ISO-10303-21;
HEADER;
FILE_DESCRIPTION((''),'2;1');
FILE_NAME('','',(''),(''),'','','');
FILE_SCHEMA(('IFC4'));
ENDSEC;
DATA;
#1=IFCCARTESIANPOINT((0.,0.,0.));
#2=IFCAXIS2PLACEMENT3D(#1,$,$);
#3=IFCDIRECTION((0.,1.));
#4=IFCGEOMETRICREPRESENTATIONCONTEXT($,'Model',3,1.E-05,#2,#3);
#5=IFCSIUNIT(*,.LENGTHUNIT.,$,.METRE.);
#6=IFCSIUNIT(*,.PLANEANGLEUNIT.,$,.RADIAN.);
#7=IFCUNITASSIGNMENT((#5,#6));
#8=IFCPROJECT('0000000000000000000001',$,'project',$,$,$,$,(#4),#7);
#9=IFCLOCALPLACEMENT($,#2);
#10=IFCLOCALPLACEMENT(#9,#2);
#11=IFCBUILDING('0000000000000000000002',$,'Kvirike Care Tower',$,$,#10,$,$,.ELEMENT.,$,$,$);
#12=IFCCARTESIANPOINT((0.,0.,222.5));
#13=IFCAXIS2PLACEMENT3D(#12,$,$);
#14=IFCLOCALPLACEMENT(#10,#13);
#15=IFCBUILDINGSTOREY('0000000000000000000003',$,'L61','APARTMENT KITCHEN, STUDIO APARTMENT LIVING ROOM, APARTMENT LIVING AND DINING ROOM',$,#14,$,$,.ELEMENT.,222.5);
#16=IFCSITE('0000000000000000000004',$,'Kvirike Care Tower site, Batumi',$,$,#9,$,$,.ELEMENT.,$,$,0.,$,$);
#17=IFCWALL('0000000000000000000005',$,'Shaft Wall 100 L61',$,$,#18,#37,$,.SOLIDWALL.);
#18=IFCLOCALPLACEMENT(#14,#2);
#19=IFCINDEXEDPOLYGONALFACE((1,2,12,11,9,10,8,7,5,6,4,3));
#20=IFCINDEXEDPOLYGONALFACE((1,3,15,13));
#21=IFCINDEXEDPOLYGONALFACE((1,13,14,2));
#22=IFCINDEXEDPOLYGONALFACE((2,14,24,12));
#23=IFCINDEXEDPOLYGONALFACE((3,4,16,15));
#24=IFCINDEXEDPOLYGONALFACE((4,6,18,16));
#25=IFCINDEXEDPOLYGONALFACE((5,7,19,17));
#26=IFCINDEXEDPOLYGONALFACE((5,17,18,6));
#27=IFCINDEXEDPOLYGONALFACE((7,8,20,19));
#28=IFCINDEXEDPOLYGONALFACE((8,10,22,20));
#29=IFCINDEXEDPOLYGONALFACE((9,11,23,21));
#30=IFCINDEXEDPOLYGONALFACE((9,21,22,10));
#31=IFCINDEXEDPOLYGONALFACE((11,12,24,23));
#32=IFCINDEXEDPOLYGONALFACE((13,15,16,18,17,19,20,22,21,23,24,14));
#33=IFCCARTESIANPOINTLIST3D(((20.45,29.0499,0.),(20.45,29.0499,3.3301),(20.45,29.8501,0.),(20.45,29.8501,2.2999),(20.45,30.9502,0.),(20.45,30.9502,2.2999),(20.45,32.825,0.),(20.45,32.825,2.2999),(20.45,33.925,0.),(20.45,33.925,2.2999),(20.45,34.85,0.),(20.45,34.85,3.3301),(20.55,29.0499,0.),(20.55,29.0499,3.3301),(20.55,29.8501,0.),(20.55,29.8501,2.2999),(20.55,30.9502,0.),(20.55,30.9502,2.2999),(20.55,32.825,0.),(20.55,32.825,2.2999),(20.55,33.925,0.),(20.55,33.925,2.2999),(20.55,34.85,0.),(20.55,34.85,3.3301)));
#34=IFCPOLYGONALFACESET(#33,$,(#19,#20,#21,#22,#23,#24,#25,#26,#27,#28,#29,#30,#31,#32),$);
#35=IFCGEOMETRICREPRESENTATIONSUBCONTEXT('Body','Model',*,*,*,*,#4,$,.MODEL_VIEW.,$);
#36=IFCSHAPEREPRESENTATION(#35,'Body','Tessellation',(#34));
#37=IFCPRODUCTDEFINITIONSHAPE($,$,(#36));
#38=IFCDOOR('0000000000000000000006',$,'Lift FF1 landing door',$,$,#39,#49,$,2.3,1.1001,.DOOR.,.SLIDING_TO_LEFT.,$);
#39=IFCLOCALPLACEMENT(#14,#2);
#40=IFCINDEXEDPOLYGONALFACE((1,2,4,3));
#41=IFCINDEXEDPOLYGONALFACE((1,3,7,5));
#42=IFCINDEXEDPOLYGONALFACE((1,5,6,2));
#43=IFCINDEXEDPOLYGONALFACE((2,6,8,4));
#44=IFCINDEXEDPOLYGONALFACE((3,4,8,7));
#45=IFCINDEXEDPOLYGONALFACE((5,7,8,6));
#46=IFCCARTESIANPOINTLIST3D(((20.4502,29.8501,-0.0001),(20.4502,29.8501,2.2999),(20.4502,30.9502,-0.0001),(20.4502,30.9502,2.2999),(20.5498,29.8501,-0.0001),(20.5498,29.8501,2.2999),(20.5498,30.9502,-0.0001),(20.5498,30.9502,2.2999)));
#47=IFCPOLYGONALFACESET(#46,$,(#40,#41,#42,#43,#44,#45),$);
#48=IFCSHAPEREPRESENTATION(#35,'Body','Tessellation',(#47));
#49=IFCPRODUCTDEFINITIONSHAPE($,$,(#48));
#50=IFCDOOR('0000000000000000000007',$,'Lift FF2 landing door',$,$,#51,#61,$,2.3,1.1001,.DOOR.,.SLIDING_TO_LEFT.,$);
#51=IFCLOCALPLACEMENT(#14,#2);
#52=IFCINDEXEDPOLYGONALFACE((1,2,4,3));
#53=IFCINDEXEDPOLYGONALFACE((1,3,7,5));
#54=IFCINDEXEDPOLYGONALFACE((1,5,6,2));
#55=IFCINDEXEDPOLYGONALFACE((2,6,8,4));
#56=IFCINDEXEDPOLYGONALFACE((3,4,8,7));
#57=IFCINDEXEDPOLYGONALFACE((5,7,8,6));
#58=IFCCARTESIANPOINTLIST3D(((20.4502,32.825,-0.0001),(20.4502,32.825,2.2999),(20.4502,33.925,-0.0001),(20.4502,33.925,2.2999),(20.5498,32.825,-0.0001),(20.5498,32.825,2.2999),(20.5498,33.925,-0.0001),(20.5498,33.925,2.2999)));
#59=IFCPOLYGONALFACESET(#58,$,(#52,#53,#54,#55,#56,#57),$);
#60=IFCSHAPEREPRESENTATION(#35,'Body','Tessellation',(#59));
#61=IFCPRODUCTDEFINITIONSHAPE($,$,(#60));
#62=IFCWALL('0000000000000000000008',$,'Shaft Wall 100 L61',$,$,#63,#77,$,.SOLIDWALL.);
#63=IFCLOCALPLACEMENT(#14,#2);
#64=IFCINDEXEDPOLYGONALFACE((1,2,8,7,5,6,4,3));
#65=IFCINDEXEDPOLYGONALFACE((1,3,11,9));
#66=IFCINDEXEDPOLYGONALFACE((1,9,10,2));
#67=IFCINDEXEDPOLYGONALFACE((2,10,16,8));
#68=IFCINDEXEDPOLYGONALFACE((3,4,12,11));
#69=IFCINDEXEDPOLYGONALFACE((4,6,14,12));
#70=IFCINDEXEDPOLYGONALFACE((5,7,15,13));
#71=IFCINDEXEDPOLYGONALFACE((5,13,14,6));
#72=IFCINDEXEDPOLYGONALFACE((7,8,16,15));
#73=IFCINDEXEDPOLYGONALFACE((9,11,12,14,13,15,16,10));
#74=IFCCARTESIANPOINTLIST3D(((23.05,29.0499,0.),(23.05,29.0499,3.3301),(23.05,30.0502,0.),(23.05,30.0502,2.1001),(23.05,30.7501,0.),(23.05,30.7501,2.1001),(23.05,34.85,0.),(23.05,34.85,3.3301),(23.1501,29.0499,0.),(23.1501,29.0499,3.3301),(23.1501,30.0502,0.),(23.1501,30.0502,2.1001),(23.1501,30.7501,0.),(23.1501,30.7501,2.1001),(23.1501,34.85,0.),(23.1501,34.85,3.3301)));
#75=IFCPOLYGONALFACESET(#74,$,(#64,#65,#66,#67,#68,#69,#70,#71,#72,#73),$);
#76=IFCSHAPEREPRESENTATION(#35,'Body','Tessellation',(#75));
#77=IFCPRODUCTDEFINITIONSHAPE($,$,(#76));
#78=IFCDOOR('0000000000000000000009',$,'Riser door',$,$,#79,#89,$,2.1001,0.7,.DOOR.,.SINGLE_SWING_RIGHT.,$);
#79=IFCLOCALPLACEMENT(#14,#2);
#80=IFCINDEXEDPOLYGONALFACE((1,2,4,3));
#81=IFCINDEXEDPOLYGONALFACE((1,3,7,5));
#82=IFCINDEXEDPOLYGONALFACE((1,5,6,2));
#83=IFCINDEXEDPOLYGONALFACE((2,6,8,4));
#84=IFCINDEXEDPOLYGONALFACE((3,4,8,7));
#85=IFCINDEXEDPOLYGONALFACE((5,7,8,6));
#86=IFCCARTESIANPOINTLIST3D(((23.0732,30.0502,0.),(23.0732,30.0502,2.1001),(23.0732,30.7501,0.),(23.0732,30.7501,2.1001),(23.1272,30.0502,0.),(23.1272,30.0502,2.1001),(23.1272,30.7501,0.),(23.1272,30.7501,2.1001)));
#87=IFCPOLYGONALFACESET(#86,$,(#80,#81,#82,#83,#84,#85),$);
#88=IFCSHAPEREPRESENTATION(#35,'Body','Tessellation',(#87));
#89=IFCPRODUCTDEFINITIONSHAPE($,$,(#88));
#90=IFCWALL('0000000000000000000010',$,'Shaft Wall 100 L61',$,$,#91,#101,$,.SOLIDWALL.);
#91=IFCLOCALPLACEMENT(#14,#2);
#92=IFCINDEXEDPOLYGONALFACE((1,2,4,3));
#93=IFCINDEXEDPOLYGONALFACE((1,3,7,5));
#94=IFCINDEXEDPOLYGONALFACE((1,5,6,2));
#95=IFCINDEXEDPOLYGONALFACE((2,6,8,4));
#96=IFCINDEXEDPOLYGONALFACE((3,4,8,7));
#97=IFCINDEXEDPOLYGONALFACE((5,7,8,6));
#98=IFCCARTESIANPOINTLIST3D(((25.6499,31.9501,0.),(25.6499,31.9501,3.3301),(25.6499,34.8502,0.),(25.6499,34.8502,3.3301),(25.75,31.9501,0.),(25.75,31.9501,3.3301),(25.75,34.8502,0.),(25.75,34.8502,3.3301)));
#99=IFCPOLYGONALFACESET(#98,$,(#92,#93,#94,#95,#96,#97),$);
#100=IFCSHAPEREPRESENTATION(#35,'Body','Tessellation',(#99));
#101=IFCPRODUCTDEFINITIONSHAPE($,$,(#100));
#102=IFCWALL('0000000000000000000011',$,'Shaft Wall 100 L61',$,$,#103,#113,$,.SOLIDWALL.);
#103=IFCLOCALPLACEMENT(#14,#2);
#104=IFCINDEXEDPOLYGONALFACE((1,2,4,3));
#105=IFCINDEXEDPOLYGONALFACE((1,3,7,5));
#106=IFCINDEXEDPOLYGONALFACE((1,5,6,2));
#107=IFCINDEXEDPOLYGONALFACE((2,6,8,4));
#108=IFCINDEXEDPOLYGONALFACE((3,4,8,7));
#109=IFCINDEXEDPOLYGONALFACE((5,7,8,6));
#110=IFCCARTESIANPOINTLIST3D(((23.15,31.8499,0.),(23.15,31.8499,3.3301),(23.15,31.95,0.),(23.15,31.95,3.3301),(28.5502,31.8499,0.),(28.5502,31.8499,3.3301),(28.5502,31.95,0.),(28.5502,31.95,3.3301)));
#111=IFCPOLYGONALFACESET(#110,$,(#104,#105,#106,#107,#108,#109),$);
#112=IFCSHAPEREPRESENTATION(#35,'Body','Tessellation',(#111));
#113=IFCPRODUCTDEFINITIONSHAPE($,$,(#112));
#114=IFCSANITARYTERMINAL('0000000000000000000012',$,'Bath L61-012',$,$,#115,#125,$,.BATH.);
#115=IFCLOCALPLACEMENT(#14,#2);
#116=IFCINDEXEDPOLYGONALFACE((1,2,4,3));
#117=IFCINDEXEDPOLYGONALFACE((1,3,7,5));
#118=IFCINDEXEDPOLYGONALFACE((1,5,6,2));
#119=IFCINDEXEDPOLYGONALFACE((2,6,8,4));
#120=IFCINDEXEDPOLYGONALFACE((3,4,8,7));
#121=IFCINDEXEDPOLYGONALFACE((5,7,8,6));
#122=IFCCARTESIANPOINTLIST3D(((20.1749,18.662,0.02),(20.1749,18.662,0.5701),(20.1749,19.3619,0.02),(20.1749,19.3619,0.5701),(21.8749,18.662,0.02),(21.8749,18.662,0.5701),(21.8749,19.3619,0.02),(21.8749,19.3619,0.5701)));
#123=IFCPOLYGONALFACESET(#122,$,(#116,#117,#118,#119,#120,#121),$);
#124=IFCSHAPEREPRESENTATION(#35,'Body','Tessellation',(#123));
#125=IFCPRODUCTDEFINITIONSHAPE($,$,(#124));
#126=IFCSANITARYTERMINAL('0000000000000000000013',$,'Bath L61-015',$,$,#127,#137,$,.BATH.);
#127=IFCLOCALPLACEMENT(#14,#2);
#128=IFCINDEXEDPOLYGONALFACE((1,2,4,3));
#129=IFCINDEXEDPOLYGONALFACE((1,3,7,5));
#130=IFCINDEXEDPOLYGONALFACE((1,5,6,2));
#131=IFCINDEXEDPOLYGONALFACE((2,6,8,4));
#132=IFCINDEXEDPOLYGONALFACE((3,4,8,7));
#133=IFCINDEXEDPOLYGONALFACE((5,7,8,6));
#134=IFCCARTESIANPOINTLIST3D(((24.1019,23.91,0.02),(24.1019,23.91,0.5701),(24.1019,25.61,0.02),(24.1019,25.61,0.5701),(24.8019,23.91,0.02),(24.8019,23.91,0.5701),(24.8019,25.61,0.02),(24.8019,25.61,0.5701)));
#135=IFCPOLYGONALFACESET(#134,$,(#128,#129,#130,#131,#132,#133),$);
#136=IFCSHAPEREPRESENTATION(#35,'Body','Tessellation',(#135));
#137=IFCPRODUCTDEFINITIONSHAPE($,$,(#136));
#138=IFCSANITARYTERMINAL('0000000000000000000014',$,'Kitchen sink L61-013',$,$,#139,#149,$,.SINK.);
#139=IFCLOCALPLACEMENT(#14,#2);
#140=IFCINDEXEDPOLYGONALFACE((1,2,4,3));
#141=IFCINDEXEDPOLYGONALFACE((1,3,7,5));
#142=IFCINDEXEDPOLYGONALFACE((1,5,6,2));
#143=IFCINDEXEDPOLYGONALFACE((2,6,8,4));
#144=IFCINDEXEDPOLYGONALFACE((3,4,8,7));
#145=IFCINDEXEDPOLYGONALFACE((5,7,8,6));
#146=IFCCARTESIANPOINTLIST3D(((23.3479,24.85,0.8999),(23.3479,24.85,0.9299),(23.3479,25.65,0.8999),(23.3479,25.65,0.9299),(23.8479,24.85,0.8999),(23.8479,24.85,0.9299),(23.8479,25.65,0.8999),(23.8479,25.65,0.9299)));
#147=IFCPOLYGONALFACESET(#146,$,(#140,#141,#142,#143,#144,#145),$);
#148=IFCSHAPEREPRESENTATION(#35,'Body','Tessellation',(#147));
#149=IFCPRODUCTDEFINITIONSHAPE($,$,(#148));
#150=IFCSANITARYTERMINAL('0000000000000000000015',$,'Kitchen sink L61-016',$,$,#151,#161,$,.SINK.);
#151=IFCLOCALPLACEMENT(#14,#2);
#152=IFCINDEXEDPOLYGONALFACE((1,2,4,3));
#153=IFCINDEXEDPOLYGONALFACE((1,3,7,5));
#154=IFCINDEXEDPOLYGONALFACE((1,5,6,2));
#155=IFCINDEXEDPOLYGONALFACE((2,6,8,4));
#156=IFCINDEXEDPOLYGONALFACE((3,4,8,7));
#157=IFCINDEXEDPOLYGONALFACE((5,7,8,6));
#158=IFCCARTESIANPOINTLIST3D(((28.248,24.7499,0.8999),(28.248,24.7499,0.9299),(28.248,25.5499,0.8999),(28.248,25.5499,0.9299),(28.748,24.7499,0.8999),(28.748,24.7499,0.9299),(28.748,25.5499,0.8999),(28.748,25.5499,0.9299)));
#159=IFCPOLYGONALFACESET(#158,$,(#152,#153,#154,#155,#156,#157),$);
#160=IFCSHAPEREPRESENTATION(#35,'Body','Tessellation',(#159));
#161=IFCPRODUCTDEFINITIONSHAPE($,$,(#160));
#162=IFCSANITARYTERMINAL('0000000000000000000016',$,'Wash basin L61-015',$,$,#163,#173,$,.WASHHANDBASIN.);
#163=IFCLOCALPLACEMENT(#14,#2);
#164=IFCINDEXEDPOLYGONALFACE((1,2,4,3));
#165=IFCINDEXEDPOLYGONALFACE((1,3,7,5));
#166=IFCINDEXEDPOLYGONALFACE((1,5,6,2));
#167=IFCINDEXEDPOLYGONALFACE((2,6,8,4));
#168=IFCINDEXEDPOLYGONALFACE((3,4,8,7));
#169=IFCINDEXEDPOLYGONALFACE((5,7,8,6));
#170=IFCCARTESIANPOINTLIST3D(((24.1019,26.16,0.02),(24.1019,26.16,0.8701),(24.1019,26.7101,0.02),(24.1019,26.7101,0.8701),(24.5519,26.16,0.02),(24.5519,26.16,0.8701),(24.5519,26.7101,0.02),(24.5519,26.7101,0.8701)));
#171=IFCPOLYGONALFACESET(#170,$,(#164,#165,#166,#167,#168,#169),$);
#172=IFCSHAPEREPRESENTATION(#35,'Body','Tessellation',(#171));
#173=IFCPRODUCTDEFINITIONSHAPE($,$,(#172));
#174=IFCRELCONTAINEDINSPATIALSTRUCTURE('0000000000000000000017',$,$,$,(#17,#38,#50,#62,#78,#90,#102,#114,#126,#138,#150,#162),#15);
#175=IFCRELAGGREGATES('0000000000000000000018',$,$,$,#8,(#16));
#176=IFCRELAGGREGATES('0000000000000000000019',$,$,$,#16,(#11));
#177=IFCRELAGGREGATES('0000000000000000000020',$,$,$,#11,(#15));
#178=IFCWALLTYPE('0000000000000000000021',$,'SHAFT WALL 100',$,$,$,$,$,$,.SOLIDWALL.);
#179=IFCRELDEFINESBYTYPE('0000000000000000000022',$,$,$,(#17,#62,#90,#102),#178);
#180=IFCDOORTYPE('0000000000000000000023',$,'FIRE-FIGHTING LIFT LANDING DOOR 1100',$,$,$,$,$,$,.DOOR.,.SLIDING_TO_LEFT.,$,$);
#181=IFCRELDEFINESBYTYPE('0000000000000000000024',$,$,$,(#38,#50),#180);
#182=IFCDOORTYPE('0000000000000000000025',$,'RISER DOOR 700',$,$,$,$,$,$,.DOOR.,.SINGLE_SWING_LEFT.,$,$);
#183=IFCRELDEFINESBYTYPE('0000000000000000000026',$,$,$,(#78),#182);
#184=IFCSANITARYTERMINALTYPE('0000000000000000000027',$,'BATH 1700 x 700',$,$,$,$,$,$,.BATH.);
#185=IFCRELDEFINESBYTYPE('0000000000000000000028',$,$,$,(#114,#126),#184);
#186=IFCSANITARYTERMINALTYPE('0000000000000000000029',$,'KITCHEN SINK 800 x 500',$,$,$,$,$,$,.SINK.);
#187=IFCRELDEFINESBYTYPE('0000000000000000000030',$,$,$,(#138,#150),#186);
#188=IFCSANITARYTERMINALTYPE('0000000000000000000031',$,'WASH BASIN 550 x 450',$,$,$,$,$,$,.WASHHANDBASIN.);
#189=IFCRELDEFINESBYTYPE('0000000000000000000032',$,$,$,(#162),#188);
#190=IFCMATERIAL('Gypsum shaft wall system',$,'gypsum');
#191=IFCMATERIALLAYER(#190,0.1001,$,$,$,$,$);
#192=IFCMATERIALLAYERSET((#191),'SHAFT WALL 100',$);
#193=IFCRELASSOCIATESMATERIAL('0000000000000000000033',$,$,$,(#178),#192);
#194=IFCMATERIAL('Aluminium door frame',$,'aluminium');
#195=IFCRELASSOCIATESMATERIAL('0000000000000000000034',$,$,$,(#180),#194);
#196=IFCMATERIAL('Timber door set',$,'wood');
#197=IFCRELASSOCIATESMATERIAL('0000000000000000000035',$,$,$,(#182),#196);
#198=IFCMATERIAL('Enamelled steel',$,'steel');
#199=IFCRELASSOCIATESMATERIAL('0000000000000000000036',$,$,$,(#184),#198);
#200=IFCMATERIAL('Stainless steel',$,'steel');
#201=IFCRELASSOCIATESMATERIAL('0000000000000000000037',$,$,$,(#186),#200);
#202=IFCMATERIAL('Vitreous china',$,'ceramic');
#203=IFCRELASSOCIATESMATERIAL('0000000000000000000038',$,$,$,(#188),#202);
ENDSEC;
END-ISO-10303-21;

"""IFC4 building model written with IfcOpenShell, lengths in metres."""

from ifc_helpers import new_model, si_unit, direction, frame, frame_2d, origin, origin_2d, place, context, subcontext, project, spatial, rectangle, extrude, material, layer, layer_set, type_object, element, fill, save


model = new_model("IFC4")

# Units and contexts
model_context = context("Model", 3, precision=1e-05, world=origin(), true_north=direction((0.0, 1.0)))
body_context = subcontext(model_context, "Body", "Model", "MODEL_VIEW")
ifc_project = project(units=[si_unit("LENGTHUNIT", "METRE"), si_unit("PLANEANGLEUNIT", "RADIAN")], contexts=[model_context])

# Site, building, storey
site_placement = place(None, origin())
site = spatial("IfcSite", under=ifc_project, at=site_placement, Name="Kvirike Care Tower site, Batumi", CompositionType="ELEMENT", RefElevation=0.0)
building_placement = place(site_placement, origin())
building = spatial("IfcBuilding", under=site, at=building_placement, Name="Kvirike Care Tower", CompositionType="ELEMENT")
storey_placement = place(building_placement, frame((0.0, 0.0, 222.5)))
storey = spatial("IfcBuildingStorey", under=building, at=storey_placement, Name="L61", Description="APARTMENT KITCHEN, STUDIO APARTMENT LIVING ROOM, APARTMENT LIVING AND DINING ROOM", CompositionType="ELEMENT", Elevation=222.5)

# Wall, openings, doors
ifc_material_1 = material(Name="Gypsum shaft wall system", Category="gypsum")
ifc_layer_1 = layer(ifc_material_1, 0.1001)
ifc_layer_set_1 = layer_set([ifc_layer_1], Name="SHAFT WALL 100")
wall_type_1 = type_object("IfcWallType", Name="SHAFT WALL 100", PredefinedType="SOLIDWALL", material=ifc_layer_set_1)
wall_1_placement = place(storey_placement, frame((20.5, 29.05, 0.0), z_axis=(0.0, 0.0, 1.0), x_axis=(0.0, 1.0, 0.0)))
wall_1 = element("IfcWall", 1, at=wall_1_placement, inside=storey, type_object=wall_type_1, Name="Shaft Wall 100 L61", PredefinedType="SOLIDWALL", context=body_context, shape_type="SweptSolid", body=[
    extrude(rectangle(XDim=5.8, YDim=0.1001, at=frame_2d((2.8999, 0.0))), origin(), (0.0, 0.0, 1.0), 3.3301),
])
opening_1_placement = place(wall_1_placement, frame((0.8, 0.0, 0.0)))
opening_1 = element("IfcOpeningElement", 2, at=opening_1_placement, cuts=wall_1, PredefinedType="OPENING", context=body_context, shape_type="SweptSolid", body=[
    extrude(rectangle(XDim=1.1001, YDim=2.3, at=frame_2d((0.55, 1.1499))), frame((0.0, 0.0605, 0.0), z_axis=(0.0, -1.0, 0.0), x_axis=(1.0, 0.0, 0.0)), (0.0, 0.0, 1.0), 0.1211),
])
opening_2_placement = place(wall_1_placement, frame((3.7749, 0.0, 0.0)))
opening_2 = element("IfcOpeningElement", 3, at=opening_2_placement, cuts=wall_1, PredefinedType="OPENING", context=body_context, shape_type="SweptSolid", body=[
    extrude(rectangle(XDim=1.1001, YDim=2.3, at=frame_2d((0.55, 1.1499))), frame((0.0, 0.0605, 0.0), z_axis=(0.0, -1.0, 0.0), x_axis=(1.0, 0.0, 0.0)), (0.0, 0.0, 1.0), 0.1211),
])
ifc_material_2 = material(Name="Aluminium door frame", Category="aluminium")
door_type_1 = type_object("IfcDoorType", Name="FIRE-FIGHTING LIFT LANDING DOOR 1100", OperationType="SLIDING_TO_LEFT", PredefinedType="DOOR", material=ifc_material_2)
door_1_placement = place(opening_1_placement, origin())
door_1 = element("IfcDoor", 4, at=door_1_placement, inside=storey, type_object=door_type_1, Name="Lift FF1 landing door", OperationType="SLIDING_TO_LEFT", OverallHeight=2.3, OverallWidth=1.1001, PredefinedType="DOOR", context=body_context, shape_type="SweptSolid", body=[
    extrude(rectangle(XDim=1.1001, YDim=2.3, at=frame_2d((0.55, 1.1499))), frame((0.0, 0.0498, 0.0), z_axis=(0.0, -1.0, 0.0), x_axis=(1.0, 0.0, 0.0)), (0.0, 0.0, 1.0), 0.0996),
])
fill(opening_1, door_1)
door_2_placement = place(opening_2_placement, origin())
door_2 = element("IfcDoor", 5, at=door_2_placement, inside=storey, type_object=door_type_1, Name="Lift FF2 landing door", OperationType="SLIDING_TO_LEFT", OverallHeight=2.3, OverallWidth=1.1001, PredefinedType="DOOR", context=body_context, shape_type="SweptSolid", body=[
    extrude(rectangle(XDim=1.1001, YDim=2.3, at=frame_2d((0.55, 1.1499))), frame((0.0, 0.0498, 0.0), z_axis=(0.0, -1.0, 0.0), x_axis=(1.0, 0.0, 0.0)), (0.0, 0.0, 1.0), 0.0996),
])
fill(opening_2, door_2)

# Wall, opening, door
wall_2_placement = place(storey_placement, frame((23.1001, 29.05, 0.0), z_axis=(0.0, 0.0, 1.0), x_axis=(0.0, 1.0, 0.0)))
wall_2 = element("IfcWall", 6, at=wall_2_placement, inside=storey, type_object=wall_type_1, Name="Shaft Wall 100 L61", PredefinedType="SOLIDWALL", context=body_context, shape_type="SweptSolid", body=[
    extrude(rectangle(XDim=5.8, YDim=0.1001, at=frame_2d((2.8999, 0.0))), origin(), (0.0, 0.0, 1.0), 3.3301),
])
opening_3_placement = place(wall_2_placement, frame((1.0, 0.0, 0.0)))
opening_3 = element("IfcOpeningElement", 7, at=opening_3_placement, cuts=wall_2, PredefinedType="OPENING", context=body_context, shape_type="SweptSolid", body=[
    extrude(rectangle(XDim=0.7, YDim=2.1001, at=frame_2d((0.3501, 1.05))), frame((0.0, 0.0605, 0.0), z_axis=(0.0, -1.0, 0.0), x_axis=(1.0, 0.0, 0.0)), (0.0, 0.0, 1.0), 0.1211),
])
ifc_material_3 = material(Name="Timber door set", Category="wood")
door_type_2 = type_object("IfcDoorType", Name="RISER DOOR 700", OperationType="SINGLE_SWING_LEFT", PredefinedType="DOOR", material=ifc_material_3)
door_3_placement = place(opening_3_placement, origin())
door_3 = element("IfcDoor", 8, at=door_3_placement, inside=storey, type_object=door_type_2, Name="Riser door", OperationType="SINGLE_SWING_RIGHT", OverallHeight=2.1001, OverallWidth=0.7, PredefinedType="DOOR", context=body_context, shape_type="SweptSolid", body=[
    extrude(rectangle(XDim=0.7, YDim=2.1001, at=frame_2d((0.3501, 1.05))), frame((0.0, 0.0269, 0.0), z_axis=(0.0, -1.0, 0.0), x_axis=(1.0, 0.0, 0.0)), (0.0, 0.0, 1.0), 0.054),
])
fill(opening_3, door_3)

# Walls
wall_3_placement = place(storey_placement, frame((25.7, 31.95, 0.0), z_axis=(0.0, 0.0, 1.0), x_axis=(0.0, 1.0, 0.0)))
element("IfcWall", 9, at=wall_3_placement, inside=storey, type_object=wall_type_1, Name="Shaft Wall 100 L61", PredefinedType="SOLIDWALL", context=body_context, shape_type="SweptSolid", body=[
    extrude(rectangle(XDim=2.9001, YDim=0.1001, at=frame_2d((1.4502, 0.0))), origin(), (0.0, 0.0, 1.0), 3.3301),
])
wall_4_placement = place(storey_placement, frame((23.1499, 31.8999, 0.0), z_axis=(0.0, 0.0, 1.0), x_axis=(1.0, 0.0, 0.0)))
element("IfcWall", 10, at=wall_4_placement, inside=storey, type_object=wall_type_1, Name="Shaft Wall 100 L61", PredefinedType="SOLIDWALL", context=body_context, shape_type="SweptSolid", body=[
    extrude(rectangle(XDim=5.4001, YDim=0.1001, at=frame_2d((2.7002, 0.0))), origin(), (0.0, 0.0, 1.0), 3.3301),
])

# Sanitary terminals
ifc_material_4 = material(Name="Enamelled steel", Category="steel")
sanitary_terminal_type_1 = type_object("IfcSanitaryTerminalType", Name="BATH 1700 x 700", PredefinedType="BATH", material=ifc_material_4)
for number, where, z_axis, x_axis, name in (
    (11, (21.0249, 19.012, 0.02), (0.0, 0.0, 1.0), (-1.0, 0.0, 0.0), "Bath L61-012"),
    (12, (24.4519, 24.76, 0.02), (0.0, 0.0, 1.0), (0.0, 1.0, 0.0), "Bath L61-015"),
):
    element("IfcSanitaryTerminal", number, at=place(storey_placement, frame(where, z_axis=z_axis, x_axis=x_axis)), inside=storey, type_object=sanitary_terminal_type_1, Name=name, PredefinedType="BATH", context=body_context, shape_type="SweptSolid", body=[
        extrude(rectangle(XDim=1.7, YDim=0.7, at=origin_2d()), origin(), (0.0, 0.0, 1.0), 0.55),
    ])
ifc_material_5 = material(Name="Stainless steel", Category="steel")
sanitary_terminal_type_2 = type_object("IfcSanitaryTerminalType", Name="KITCHEN SINK 800 x 500", PredefinedType="SINK", material=ifc_material_5)
for number, where, z_axis, x_axis, name in (
    (13, (23.5979, 25.25, 0.8999), (0.0, 0.0, 1.0), (0.0, -1.0, 0.0), "Kitchen sink L61-013"),
    (14, (28.498, 25.1499, 0.8999), (0.0, 0.0, 1.0), (0.0, -1.0, 0.0), "Kitchen sink L61-016"),
):
    element("IfcSanitaryTerminal", number, at=place(storey_placement, frame(where, z_axis=z_axis, x_axis=x_axis)), inside=storey, type_object=sanitary_terminal_type_2, Name=name, PredefinedType="SINK", context=body_context, shape_type="SweptSolid", body=[
        extrude(rectangle(XDim=0.8, YDim=0.5, at=origin_2d()), origin(), (0.0, 0.0, 1.0), 0.03),
    ])
ifc_material_6 = material(Name="Vitreous china", Category="ceramic")
sanitary_terminal_type_3 = type_object("IfcSanitaryTerminalType", Name="WASH BASIN 550 x 450", PredefinedType="WASHHANDBASIN", material=ifc_material_6)
sanitary_terminal_placement = place(storey_placement, frame((24.3269, 26.4351, 0.02), z_axis=(0.0, 0.0, 1.0), x_axis=(0.0, 1.0, 0.0)))
element("IfcSanitaryTerminal", 15, at=sanitary_terminal_placement, inside=storey, type_object=sanitary_terminal_type_3, Name="Wash basin L61-015", PredefinedType="WASHHANDBASIN", context=body_context, shape_type="SweptSolid", body=[
    extrude(rectangle(XDim=0.55, YDim=0.45, at=origin_2d()), origin(), (0.0, 0.0, 1.0), 0.8501),
])

save(model, "model.ifc")
